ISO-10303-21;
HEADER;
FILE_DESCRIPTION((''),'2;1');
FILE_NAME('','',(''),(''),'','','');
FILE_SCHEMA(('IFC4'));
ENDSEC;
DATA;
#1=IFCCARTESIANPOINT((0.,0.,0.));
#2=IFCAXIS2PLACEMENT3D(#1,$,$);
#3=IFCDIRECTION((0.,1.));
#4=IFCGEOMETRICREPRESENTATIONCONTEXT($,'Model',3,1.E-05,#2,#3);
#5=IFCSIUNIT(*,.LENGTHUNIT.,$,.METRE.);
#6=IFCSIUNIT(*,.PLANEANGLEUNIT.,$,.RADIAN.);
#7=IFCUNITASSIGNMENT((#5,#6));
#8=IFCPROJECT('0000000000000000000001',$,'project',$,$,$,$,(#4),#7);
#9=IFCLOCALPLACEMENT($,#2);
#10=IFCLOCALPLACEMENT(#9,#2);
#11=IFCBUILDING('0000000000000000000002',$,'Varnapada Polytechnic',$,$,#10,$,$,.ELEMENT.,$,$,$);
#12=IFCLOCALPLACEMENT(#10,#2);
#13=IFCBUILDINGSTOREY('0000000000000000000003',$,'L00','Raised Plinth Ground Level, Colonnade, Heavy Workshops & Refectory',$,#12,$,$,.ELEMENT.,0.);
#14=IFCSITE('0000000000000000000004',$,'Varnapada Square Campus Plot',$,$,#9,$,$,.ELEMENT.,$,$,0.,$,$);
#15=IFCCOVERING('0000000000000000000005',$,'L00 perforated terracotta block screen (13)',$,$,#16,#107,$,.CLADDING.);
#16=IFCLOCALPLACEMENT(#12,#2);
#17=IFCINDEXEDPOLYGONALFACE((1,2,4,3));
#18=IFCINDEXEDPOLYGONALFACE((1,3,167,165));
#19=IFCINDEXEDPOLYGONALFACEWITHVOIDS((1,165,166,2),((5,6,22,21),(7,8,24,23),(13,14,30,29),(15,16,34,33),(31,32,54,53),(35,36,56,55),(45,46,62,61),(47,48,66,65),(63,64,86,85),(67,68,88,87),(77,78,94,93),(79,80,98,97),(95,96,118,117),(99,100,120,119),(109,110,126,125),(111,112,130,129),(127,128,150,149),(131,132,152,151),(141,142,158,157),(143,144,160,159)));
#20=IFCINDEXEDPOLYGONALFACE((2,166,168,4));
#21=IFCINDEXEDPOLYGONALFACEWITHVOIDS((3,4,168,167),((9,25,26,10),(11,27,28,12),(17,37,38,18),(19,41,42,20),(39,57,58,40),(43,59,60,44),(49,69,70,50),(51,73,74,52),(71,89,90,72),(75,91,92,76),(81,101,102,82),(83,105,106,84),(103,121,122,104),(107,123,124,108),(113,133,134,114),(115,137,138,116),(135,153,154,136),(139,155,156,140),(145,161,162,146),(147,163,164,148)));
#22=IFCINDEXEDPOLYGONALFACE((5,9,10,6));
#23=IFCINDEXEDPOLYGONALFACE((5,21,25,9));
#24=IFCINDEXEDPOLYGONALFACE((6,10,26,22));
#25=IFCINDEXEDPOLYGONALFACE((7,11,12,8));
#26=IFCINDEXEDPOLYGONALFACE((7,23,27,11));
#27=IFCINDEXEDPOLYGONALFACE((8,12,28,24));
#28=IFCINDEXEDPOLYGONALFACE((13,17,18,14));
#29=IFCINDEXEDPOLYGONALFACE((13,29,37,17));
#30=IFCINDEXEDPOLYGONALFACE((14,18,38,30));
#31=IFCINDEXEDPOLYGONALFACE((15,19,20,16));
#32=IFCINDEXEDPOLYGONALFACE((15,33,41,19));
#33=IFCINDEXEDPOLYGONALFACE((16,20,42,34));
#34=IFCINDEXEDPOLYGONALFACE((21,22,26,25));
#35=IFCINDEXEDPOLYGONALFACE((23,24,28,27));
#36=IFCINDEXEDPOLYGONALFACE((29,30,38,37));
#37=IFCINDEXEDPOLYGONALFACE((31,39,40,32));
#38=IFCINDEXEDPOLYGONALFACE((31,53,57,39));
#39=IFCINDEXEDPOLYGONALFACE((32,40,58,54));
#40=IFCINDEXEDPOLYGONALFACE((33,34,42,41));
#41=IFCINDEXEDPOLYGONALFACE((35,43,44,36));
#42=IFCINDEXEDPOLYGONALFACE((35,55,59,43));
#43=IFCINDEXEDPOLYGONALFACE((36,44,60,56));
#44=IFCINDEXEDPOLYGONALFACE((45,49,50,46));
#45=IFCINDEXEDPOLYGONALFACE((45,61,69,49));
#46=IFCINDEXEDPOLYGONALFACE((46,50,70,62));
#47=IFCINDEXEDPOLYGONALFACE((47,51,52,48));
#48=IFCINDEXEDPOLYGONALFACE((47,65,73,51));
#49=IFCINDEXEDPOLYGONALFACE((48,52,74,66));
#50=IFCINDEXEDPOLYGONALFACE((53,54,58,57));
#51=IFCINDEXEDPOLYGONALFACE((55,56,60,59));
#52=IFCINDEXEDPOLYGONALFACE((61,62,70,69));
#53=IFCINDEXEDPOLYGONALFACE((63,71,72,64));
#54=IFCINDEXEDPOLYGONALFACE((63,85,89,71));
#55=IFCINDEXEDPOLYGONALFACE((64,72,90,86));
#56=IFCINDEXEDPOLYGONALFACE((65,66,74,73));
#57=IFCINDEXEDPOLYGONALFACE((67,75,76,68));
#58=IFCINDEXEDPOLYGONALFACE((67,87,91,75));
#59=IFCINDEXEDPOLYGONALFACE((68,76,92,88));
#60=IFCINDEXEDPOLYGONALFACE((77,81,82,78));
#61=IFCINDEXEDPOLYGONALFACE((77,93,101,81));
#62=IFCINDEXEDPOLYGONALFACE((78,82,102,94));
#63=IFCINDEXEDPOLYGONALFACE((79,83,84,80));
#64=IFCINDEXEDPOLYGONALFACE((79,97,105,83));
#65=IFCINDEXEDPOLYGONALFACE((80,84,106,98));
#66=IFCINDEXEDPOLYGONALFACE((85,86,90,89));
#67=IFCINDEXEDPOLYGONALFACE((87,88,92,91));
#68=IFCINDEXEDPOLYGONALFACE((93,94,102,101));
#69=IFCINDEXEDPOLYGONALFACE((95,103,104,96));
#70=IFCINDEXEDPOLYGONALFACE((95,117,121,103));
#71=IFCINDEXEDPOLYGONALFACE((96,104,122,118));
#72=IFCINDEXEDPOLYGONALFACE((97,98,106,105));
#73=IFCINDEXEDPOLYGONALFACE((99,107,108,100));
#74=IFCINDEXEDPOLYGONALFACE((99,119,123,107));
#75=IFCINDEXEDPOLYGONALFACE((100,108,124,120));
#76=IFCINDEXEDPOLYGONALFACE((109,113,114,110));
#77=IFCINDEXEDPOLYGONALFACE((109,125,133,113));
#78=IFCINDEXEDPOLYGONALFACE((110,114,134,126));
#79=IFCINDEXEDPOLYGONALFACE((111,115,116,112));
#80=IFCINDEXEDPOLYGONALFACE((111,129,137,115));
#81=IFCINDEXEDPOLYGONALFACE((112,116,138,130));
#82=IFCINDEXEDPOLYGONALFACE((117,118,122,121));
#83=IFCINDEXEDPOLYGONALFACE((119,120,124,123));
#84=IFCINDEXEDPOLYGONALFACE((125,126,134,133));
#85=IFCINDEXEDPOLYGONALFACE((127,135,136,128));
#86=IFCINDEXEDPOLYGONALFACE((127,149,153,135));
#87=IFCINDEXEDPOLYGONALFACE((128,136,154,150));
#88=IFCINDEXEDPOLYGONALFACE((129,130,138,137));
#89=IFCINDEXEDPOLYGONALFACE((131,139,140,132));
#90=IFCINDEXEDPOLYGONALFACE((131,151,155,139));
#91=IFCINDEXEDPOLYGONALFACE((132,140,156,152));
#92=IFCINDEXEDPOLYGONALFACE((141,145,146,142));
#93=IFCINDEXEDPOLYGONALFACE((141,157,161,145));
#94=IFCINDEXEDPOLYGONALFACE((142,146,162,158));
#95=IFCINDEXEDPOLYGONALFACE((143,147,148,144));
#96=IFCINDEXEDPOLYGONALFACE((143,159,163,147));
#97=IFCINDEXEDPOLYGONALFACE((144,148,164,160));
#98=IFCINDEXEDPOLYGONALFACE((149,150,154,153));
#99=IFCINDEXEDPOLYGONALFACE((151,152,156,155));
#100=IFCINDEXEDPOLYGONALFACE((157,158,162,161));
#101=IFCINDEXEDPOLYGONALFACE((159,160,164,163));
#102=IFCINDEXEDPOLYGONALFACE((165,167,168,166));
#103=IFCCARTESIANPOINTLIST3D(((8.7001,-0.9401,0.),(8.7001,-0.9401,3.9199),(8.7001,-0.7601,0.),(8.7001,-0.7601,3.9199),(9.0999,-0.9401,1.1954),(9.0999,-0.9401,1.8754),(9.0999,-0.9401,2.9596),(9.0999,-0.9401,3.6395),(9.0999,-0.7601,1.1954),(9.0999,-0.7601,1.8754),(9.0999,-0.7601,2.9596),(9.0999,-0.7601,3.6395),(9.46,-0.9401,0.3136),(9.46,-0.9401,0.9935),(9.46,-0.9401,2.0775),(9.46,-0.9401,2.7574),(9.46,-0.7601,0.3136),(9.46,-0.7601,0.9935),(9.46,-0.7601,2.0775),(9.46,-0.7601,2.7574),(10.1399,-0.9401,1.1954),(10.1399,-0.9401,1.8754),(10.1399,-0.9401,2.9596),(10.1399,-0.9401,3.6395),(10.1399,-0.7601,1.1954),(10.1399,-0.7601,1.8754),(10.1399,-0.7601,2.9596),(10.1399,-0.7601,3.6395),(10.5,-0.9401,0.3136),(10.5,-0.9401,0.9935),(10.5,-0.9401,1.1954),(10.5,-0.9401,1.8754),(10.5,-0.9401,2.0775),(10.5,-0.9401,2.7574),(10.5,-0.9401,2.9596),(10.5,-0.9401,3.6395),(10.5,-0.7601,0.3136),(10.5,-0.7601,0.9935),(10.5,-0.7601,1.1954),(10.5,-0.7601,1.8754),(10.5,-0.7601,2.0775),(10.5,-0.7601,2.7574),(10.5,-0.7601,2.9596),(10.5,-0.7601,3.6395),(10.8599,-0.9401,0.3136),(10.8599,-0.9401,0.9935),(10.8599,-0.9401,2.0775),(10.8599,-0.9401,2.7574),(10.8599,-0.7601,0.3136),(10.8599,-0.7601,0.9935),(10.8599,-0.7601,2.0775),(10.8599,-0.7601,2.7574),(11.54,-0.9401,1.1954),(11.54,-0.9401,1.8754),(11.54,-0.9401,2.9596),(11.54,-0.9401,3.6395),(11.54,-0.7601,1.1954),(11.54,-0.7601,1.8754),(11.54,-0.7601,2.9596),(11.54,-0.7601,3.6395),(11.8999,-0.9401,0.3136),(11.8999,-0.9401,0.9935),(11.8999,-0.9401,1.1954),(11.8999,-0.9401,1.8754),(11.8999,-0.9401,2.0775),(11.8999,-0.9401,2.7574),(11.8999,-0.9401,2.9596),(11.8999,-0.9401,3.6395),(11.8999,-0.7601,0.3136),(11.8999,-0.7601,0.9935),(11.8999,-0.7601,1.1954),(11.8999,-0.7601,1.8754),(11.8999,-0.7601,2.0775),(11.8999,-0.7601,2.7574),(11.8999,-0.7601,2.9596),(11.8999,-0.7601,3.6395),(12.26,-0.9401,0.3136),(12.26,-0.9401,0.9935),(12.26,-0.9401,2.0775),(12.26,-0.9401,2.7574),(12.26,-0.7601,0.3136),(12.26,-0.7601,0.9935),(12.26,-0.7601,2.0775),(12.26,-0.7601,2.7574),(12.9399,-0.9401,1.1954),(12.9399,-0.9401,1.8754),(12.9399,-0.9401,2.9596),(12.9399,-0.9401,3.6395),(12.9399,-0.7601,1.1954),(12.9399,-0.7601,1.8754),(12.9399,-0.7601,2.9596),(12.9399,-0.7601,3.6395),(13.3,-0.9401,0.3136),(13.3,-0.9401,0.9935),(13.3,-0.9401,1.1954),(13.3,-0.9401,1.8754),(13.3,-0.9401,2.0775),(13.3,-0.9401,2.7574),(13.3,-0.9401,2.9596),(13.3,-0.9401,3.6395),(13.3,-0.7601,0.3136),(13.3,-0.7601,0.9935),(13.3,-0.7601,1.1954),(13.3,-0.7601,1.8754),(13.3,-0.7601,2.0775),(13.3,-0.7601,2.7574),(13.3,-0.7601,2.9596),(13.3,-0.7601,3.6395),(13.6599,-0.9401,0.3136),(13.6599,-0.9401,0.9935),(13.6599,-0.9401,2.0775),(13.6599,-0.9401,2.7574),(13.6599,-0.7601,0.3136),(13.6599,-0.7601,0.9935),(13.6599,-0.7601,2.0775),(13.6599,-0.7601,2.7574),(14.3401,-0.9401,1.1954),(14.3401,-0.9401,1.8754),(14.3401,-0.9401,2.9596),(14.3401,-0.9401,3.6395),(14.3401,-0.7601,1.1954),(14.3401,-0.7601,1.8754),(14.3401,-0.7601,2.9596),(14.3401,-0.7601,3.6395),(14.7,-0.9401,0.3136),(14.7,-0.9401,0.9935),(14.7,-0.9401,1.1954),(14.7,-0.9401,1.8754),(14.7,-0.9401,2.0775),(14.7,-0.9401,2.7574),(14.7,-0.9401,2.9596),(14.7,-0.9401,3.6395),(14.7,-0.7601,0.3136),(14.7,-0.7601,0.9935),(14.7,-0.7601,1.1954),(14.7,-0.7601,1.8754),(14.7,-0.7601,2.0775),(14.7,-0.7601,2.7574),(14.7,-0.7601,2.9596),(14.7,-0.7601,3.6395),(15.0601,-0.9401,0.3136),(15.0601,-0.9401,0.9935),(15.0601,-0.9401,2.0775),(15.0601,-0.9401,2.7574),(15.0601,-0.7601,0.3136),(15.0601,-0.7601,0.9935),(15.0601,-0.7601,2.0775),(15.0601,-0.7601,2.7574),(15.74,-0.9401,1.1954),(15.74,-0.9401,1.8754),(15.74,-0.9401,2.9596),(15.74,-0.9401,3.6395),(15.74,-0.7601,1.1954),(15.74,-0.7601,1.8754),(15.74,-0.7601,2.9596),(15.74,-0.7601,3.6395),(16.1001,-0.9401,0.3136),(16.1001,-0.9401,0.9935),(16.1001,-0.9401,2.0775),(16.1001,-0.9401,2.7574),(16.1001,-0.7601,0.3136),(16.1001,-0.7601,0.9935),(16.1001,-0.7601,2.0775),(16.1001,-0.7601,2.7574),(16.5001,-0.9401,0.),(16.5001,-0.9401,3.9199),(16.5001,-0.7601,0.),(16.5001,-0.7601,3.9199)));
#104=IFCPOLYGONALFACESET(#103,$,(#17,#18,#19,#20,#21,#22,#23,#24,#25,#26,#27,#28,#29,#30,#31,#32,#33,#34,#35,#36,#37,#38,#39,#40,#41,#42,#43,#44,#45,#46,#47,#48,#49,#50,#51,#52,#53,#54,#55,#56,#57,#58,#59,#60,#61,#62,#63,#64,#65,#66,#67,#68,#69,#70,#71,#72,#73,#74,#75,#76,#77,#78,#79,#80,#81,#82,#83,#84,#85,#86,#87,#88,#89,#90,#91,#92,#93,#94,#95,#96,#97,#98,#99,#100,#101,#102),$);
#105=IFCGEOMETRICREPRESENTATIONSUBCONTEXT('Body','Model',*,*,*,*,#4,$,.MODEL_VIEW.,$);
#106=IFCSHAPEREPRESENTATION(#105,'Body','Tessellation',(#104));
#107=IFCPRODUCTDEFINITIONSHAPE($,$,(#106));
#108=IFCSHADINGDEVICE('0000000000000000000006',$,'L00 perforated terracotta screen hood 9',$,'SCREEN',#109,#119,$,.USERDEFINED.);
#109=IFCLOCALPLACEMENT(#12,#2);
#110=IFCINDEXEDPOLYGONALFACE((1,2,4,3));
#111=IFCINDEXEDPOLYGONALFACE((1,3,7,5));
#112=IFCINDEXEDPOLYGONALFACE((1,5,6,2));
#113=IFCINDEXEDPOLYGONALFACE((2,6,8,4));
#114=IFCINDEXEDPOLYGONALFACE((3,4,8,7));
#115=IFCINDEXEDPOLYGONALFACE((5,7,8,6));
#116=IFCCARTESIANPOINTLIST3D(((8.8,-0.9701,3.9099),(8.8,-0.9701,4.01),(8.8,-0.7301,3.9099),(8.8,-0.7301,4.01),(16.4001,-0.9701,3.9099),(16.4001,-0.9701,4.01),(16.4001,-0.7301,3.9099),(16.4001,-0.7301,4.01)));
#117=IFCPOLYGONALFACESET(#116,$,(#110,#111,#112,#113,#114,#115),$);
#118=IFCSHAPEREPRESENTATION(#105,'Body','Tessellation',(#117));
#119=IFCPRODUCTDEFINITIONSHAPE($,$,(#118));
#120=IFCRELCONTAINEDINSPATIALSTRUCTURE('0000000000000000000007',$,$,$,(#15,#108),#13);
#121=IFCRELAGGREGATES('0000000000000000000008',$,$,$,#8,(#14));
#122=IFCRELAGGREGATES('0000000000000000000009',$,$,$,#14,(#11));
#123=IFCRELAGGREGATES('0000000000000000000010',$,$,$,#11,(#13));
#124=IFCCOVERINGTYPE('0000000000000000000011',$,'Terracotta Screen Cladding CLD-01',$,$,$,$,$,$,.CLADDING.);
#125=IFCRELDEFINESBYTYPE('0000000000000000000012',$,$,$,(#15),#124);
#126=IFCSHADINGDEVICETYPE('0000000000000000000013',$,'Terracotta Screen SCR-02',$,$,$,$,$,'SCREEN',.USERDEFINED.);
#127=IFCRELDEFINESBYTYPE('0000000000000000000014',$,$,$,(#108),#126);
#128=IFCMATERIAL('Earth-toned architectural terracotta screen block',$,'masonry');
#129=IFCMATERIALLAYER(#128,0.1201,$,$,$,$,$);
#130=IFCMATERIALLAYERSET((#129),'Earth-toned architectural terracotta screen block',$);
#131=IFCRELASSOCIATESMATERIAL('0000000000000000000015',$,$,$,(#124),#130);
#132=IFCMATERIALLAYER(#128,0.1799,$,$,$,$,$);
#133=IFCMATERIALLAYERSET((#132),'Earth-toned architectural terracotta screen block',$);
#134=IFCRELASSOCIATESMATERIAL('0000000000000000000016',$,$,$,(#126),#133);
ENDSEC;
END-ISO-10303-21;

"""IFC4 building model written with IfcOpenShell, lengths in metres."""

from ifc_helpers import new_model, si_unit, direction, frame, frame_2d, origin, origin_2d, place, context, subcontext, project, spatial, rectangle, extrude, material, layer, layer_set, type_object, element, save


model = new_model("IFC4")

# Units and contexts
model_context = context("Model", 3, precision=1e-05, world=origin(), true_north=direction((0.0, 1.0)))
body_context = subcontext(model_context, "Body", "Model", "MODEL_VIEW")
ifc_project = project(units=[si_unit("LENGTHUNIT", "METRE"), si_unit("PLANEANGLEUNIT", "RADIAN")], contexts=[model_context])

# Site, building, storey
site_placement = place(None, origin())
site = spatial("IfcSite", under=ifc_project, at=site_placement, Name="Varnapada Square Campus Plot", CompositionType="ELEMENT", RefElevation=0.0)
building_placement = place(site_placement, origin())
building = spatial("IfcBuilding", under=site, at=building_placement, Name="Varnapada Polytechnic", CompositionType="ELEMENT")
storey_placement = place(building_placement, origin())
storey = spatial("IfcBuildingStorey", under=building, at=storey_placement, Name="L00", Description="Raised Plinth Ground Level, Colonnade, Heavy Workshops & Refectory", CompositionType="ELEMENT", Elevation=0.0)

# Covering, openings
ifc_material_1 = material(Name="Earth-toned architectural terracotta screen block", Category="masonry")
ifc_layer_1 = layer(ifc_material_1, 0.1201)
ifc_layer_set_1 = layer_set([ifc_layer_1], Name="Earth-toned architectural terracotta screen block")
covering_type = type_object("IfcCoveringType", Name="Terracotta Screen Cladding CLD-01", PredefinedType="CLADDING", material=ifc_layer_set_1)
covering_placement = place(storey_placement, frame((16.5, -0.8501, 0.0), z_axis=(0.0, 0.0, 1.0), x_axis=(-1.0, 0.0, 0.0)))
covering = element("IfcCovering", 1, at=covering_placement, inside=storey, type_object=covering_type, Name="L00 perforated terracotta block screen (13)", PredefinedType="CLADDING", context=body_context, shape_type="SweptSolid", body=[
    extrude(rectangle(XDim=7.8, YDim=0.1799, at=frame_2d((3.8999, 0.0))), origin(), (0.0, 0.0, 1.0), 3.9199),
])
opening_1_placement = place(covering_placement, frame((0.3999, 0.0, 0.3137)))
element("IfcOpeningElement", 2, at=opening_1_placement, cuts=covering, PredefinedType="OPENING", context=body_context, shape_type="SweptSolid", body=[
    extrude(rectangle(XDim=1.04, YDim=0.6799, at=frame_2d((0.52, 0.3398))), frame((0.0, 0.0999, 0.0), z_axis=(0.0, -1.0, 0.0), x_axis=(1.0, 0.0, 0.0)), (0.0, 0.0, 1.0), 0.2),
])
opening_2_placement = place(covering_placement, frame((1.8, 0.0, 0.3137)))
element("IfcOpeningElement", 3, at=opening_2_placement, cuts=covering, PredefinedType="OPENING", context=body_context, shape_type="SweptSolid", body=[
    extrude(rectangle(XDim=1.04, YDim=0.6799, at=frame_2d((0.52, 0.3398))), frame((0.0, 0.0999, 0.0), z_axis=(0.0, -1.0, 0.0), x_axis=(1.0, 0.0, 0.0)), (0.0, 0.0, 1.0), 0.2),
])
opening_3_placement = place(covering_placement, frame((3.2, 0.0, 0.3137)))
element("IfcOpeningElement", 4, at=opening_3_placement, cuts=covering, PredefinedType="OPENING", context=body_context, shape_type="SweptSolid", body=[
    extrude(rectangle(XDim=1.04, YDim=0.6799, at=frame_2d((0.52, 0.3398))), frame((0.0, 0.0999, 0.0), z_axis=(0.0, -1.0, 0.0), x_axis=(1.0, 0.0, 0.0)), (0.0, 0.0, 1.0), 0.2),
])
opening_4_placement = place(covering_placement, frame((4.6001, 0.0, 0.3137)))
element("IfcOpeningElement", 5, at=opening_4_placement, cuts=covering, PredefinedType="OPENING", context=body_context, shape_type="SweptSolid", body=[
    extrude(rectangle(XDim=1.04, YDim=0.6799, at=frame_2d((0.52, 0.3398))), frame((0.0, 0.0999, 0.0), z_axis=(0.0, -1.0, 0.0), x_axis=(1.0, 0.0, 0.0)), (0.0, 0.0, 1.0), 0.2),
])
opening_5_placement = place(covering_placement, frame((6.0, 0.0, 0.3137)))
element("IfcOpeningElement", 6, at=opening_5_placement, cuts=covering, PredefinedType="OPENING", context=body_context, shape_type="SweptSolid", body=[
    extrude(rectangle(XDim=1.04, YDim=0.6799, at=frame_2d((0.52, 0.3398))), frame((0.0, 0.0999, 0.0), z_axis=(0.0, -1.0, 0.0), x_axis=(1.0, 0.0, 0.0)), (0.0, 0.0, 1.0), 0.2),
])
opening_6_placement = place(covering_placement, frame((0.76, 0.0, 1.1956)))
element("IfcOpeningElement", 7, at=opening_6_placement, cuts=covering, PredefinedType="OPENING", context=body_context, shape_type="SweptSolid", body=[
    extrude(rectangle(XDim=1.04, YDim=0.6799, at=frame_2d((0.52, 0.3398))), frame((0.0, 0.0999, 0.0), z_axis=(0.0, -1.0, 0.0), x_axis=(1.0, 0.0, 0.0)), (0.0, 0.0, 1.0), 0.2),
])
opening_7_placement = place(covering_placement, frame((2.1599, 0.0, 1.1956)))
element("IfcOpeningElement", 8, at=opening_7_placement, cuts=covering, PredefinedType="OPENING", context=body_context, shape_type="SweptSolid", body=[
    extrude(rectangle(XDim=1.04, YDim=0.6799, at=frame_2d((0.52, 0.3398))), frame((0.0, 0.0999, 0.0), z_axis=(0.0, -1.0, 0.0), x_axis=(1.0, 0.0, 0.0)), (0.0, 0.0, 1.0), 0.2),
])
opening_8_placement = place(covering_placement, frame((3.5601, 0.0, 1.1956)))
element("IfcOpeningElement", 9, at=opening_8_placement, cuts=covering, PredefinedType="OPENING", context=body_context, shape_type="SweptSolid", body=[
    extrude(rectangle(XDim=1.04, YDim=0.6799, at=frame_2d((0.52, 0.3398))), frame((0.0, 0.0999, 0.0), z_axis=(0.0, -1.0, 0.0), x_axis=(1.0, 0.0, 0.0)), (0.0, 0.0, 1.0), 0.2),
])
opening_9_placement = place(covering_placement, frame((4.96, 0.0, 1.1956)))
element("IfcOpeningElement", 10, at=opening_9_placement, cuts=covering, PredefinedType="OPENING", context=body_context, shape_type="SweptSolid", body=[
    extrude(rectangle(XDim=1.04, YDim=0.6799, at=frame_2d((0.52, 0.3398))), frame((0.0, 0.0999, 0.0), z_axis=(0.0, -1.0, 0.0), x_axis=(1.0, 0.0, 0.0)), (0.0, 0.0, 1.0), 0.2),
])
opening_10_placement = place(covering_placement, frame((6.3601, 0.0, 1.1956)))
element("IfcOpeningElement", 11, at=opening_10_placement, cuts=covering, PredefinedType="OPENING", context=body_context, shape_type="SweptSolid", body=[
    extrude(rectangle(XDim=1.04, YDim=0.6799, at=frame_2d((0.52, 0.3398))), frame((0.0, 0.0999, 0.0), z_axis=(0.0, -1.0, 0.0), x_axis=(1.0, 0.0, 0.0)), (0.0, 0.0, 1.0), 0.2),
])
opening_11_placement = place(covering_placement, frame((0.3999, 0.0, 2.0776)))
element("IfcOpeningElement", 12, at=opening_11_placement, cuts=covering, PredefinedType="OPENING", context=body_context, shape_type="SweptSolid", body=[
    extrude(rectangle(XDim=1.04, YDim=0.6799, at=frame_2d((0.52, 0.3398))), frame((0.0, 0.0999, 0.0), z_axis=(0.0, -1.0, 0.0), x_axis=(1.0, 0.0, 0.0)), (0.0, 0.0, 1.0), 0.2),
])
opening_12_placement = place(covering_placement, frame((1.8, 0.0, 2.0776)))
element("IfcOpeningElement", 13, at=opening_12_placement, cuts=covering, PredefinedType="OPENING", context=body_context, shape_type="SweptSolid", body=[
    extrude(rectangle(XDim=1.04, YDim=0.6799, at=frame_2d((0.52, 0.3398))), frame((0.0, 0.0999, 0.0), z_axis=(0.0, -1.0, 0.0), x_axis=(1.0, 0.0, 0.0)), (0.0, 0.0, 1.0), 0.2),
])
opening_13_placement = place(covering_placement, frame((3.2, 0.0, 2.0776)))
element("IfcOpeningElement", 14, at=opening_13_placement, cuts=covering, PredefinedType="OPENING", context=body_context, shape_type="SweptSolid", body=[
    extrude(rectangle(XDim=1.04, YDim=0.6799, at=frame_2d((0.52, 0.3398))), frame((0.0, 0.0999, 0.0), z_axis=(0.0, -1.0, 0.0), x_axis=(1.0, 0.0, 0.0)), (0.0, 0.0, 1.0), 0.2),
])
opening_14_placement = place(covering_placement, frame((4.6001, 0.0, 2.0776)))
element("IfcOpeningElement", 15, at=opening_14_placement, cuts=covering, PredefinedType="OPENING", context=body_context, shape_type="SweptSolid", body=[
    extrude(rectangle(XDim=1.04, YDim=0.6799, at=frame_2d((0.52, 0.3398))), frame((0.0, 0.0999, 0.0), z_axis=(0.0, -1.0, 0.0), x_axis=(1.0, 0.0, 0.0)), (0.0, 0.0, 1.0), 0.2),
])
opening_15_placement = place(covering_placement, frame((6.0, 0.0, 2.0776)))
element("IfcOpeningElement", 16, at=opening_15_placement, cuts=covering, PredefinedType="OPENING", context=body_context, shape_type="SweptSolid", body=[
    extrude(rectangle(XDim=1.04, YDim=0.6799, at=frame_2d((0.52, 0.3398))), frame((0.0, 0.0999, 0.0), z_axis=(0.0, -1.0, 0.0), x_axis=(1.0, 0.0, 0.0)), (0.0, 0.0, 1.0), 0.2),
])
opening_16_placement = place(covering_placement, frame((0.76, 0.0, 2.9597)))
element("IfcOpeningElement", 17, at=opening_16_placement, cuts=covering, PredefinedType="OPENING", context=body_context, shape_type="SweptSolid", body=[
    extrude(rectangle(XDim=1.04, YDim=0.6799, at=frame_2d((0.52, 0.3398))), frame((0.0, 0.0999, 0.0), z_axis=(0.0, -1.0, 0.0), x_axis=(1.0, 0.0, 0.0)), (0.0, 0.0, 1.0), 0.2),
])
opening_17_placement = place(covering_placement, frame((2.1599, 0.0, 2.9597)))
element("IfcOpeningElement", 18, at=opening_17_placement, cuts=covering, PredefinedType="OPENING", context=body_context, shape_type="SweptSolid", body=[
    extrude(rectangle(XDim=1.04, YDim=0.6799, at=frame_2d((0.52, 0.3398))), frame((0.0, 0.0999, 0.0), z_axis=(0.0, -1.0, 0.0), x_axis=(1.0, 0.0, 0.0)), (0.0, 0.0, 1.0), 0.2),
])
opening_18_placement = place(covering_placement, frame((3.5601, 0.0, 2.9597)))
element("IfcOpeningElement", 19, at=opening_18_placement, cuts=covering, PredefinedType="OPENING", context=body_context, shape_type="SweptSolid", body=[
    extrude(rectangle(XDim=1.04, YDim=0.6799, at=frame_2d((0.52, 0.3398))), frame((0.0, 0.0999, 0.0), z_axis=(0.0, -1.0, 0.0), x_axis=(1.0, 0.0, 0.0)), (0.0, 0.0, 1.0), 0.2),
])
opening_19_placement = place(covering_placement, frame((4.96, 0.0, 2.9597)))
element("IfcOpeningElement", 20, at=opening_19_placement, cuts=covering, PredefinedType="OPENING", context=body_context, shape_type="SweptSolid", body=[
    extrude(rectangle(XDim=1.04, YDim=0.6799, at=frame_2d((0.52, 0.3398))), frame((0.0, 0.0999, 0.0), z_axis=(0.0, -1.0, 0.0), x_axis=(1.0, 0.0, 0.0)), (0.0, 0.0, 1.0), 0.2),
])
opening_20_placement = place(covering_placement, frame((6.3601, 0.0, 2.9597)))
element("IfcOpeningElement", 21, at=opening_20_placement, cuts=covering, PredefinedType="OPENING", context=body_context, shape_type="SweptSolid", body=[
    extrude(rectangle(XDim=1.04, YDim=0.6799, at=frame_2d((0.52, 0.3398))), frame((0.0, 0.0999, 0.0), z_axis=(0.0, -1.0, 0.0), x_axis=(1.0, 0.0, 0.0)), (0.0, 0.0, 1.0), 0.2),
])

# Shading device
ifc_layer_2 = layer(ifc_material_1, 0.1799)
ifc_layer_set_2 = layer_set([ifc_layer_2], Name="Earth-toned architectural terracotta screen block")
shading_device_type_1 = type_object("IfcShadingDeviceType", Name="Terracotta Screen SCR-02", ElementType="SCREEN", PredefinedType="USERDEFINED", material=ifc_layer_set_2)
shading_device_1_placement = place(storey_placement, frame((12.6001, -0.8501, 3.9099), z_axis=(0.0, 0.0, 1.0), x_axis=(-1.0, 0.0, 0.0)))
element("IfcShadingDevice", 22, at=shading_device_1_placement, inside=storey, type_object=shading_device_type_1, Name="L00 perforated terracotta screen hood 9", ObjectType="SCREEN", PredefinedType="USERDEFINED", context=body_context, shape_type="SweptSolid", body=[
    extrude(rectangle(XDim=7.6001, YDim=0.24, at=origin_2d()), origin(), (0.0, 0.0, 1.0), 0.1001),
])

save(model, "model.ifc")
